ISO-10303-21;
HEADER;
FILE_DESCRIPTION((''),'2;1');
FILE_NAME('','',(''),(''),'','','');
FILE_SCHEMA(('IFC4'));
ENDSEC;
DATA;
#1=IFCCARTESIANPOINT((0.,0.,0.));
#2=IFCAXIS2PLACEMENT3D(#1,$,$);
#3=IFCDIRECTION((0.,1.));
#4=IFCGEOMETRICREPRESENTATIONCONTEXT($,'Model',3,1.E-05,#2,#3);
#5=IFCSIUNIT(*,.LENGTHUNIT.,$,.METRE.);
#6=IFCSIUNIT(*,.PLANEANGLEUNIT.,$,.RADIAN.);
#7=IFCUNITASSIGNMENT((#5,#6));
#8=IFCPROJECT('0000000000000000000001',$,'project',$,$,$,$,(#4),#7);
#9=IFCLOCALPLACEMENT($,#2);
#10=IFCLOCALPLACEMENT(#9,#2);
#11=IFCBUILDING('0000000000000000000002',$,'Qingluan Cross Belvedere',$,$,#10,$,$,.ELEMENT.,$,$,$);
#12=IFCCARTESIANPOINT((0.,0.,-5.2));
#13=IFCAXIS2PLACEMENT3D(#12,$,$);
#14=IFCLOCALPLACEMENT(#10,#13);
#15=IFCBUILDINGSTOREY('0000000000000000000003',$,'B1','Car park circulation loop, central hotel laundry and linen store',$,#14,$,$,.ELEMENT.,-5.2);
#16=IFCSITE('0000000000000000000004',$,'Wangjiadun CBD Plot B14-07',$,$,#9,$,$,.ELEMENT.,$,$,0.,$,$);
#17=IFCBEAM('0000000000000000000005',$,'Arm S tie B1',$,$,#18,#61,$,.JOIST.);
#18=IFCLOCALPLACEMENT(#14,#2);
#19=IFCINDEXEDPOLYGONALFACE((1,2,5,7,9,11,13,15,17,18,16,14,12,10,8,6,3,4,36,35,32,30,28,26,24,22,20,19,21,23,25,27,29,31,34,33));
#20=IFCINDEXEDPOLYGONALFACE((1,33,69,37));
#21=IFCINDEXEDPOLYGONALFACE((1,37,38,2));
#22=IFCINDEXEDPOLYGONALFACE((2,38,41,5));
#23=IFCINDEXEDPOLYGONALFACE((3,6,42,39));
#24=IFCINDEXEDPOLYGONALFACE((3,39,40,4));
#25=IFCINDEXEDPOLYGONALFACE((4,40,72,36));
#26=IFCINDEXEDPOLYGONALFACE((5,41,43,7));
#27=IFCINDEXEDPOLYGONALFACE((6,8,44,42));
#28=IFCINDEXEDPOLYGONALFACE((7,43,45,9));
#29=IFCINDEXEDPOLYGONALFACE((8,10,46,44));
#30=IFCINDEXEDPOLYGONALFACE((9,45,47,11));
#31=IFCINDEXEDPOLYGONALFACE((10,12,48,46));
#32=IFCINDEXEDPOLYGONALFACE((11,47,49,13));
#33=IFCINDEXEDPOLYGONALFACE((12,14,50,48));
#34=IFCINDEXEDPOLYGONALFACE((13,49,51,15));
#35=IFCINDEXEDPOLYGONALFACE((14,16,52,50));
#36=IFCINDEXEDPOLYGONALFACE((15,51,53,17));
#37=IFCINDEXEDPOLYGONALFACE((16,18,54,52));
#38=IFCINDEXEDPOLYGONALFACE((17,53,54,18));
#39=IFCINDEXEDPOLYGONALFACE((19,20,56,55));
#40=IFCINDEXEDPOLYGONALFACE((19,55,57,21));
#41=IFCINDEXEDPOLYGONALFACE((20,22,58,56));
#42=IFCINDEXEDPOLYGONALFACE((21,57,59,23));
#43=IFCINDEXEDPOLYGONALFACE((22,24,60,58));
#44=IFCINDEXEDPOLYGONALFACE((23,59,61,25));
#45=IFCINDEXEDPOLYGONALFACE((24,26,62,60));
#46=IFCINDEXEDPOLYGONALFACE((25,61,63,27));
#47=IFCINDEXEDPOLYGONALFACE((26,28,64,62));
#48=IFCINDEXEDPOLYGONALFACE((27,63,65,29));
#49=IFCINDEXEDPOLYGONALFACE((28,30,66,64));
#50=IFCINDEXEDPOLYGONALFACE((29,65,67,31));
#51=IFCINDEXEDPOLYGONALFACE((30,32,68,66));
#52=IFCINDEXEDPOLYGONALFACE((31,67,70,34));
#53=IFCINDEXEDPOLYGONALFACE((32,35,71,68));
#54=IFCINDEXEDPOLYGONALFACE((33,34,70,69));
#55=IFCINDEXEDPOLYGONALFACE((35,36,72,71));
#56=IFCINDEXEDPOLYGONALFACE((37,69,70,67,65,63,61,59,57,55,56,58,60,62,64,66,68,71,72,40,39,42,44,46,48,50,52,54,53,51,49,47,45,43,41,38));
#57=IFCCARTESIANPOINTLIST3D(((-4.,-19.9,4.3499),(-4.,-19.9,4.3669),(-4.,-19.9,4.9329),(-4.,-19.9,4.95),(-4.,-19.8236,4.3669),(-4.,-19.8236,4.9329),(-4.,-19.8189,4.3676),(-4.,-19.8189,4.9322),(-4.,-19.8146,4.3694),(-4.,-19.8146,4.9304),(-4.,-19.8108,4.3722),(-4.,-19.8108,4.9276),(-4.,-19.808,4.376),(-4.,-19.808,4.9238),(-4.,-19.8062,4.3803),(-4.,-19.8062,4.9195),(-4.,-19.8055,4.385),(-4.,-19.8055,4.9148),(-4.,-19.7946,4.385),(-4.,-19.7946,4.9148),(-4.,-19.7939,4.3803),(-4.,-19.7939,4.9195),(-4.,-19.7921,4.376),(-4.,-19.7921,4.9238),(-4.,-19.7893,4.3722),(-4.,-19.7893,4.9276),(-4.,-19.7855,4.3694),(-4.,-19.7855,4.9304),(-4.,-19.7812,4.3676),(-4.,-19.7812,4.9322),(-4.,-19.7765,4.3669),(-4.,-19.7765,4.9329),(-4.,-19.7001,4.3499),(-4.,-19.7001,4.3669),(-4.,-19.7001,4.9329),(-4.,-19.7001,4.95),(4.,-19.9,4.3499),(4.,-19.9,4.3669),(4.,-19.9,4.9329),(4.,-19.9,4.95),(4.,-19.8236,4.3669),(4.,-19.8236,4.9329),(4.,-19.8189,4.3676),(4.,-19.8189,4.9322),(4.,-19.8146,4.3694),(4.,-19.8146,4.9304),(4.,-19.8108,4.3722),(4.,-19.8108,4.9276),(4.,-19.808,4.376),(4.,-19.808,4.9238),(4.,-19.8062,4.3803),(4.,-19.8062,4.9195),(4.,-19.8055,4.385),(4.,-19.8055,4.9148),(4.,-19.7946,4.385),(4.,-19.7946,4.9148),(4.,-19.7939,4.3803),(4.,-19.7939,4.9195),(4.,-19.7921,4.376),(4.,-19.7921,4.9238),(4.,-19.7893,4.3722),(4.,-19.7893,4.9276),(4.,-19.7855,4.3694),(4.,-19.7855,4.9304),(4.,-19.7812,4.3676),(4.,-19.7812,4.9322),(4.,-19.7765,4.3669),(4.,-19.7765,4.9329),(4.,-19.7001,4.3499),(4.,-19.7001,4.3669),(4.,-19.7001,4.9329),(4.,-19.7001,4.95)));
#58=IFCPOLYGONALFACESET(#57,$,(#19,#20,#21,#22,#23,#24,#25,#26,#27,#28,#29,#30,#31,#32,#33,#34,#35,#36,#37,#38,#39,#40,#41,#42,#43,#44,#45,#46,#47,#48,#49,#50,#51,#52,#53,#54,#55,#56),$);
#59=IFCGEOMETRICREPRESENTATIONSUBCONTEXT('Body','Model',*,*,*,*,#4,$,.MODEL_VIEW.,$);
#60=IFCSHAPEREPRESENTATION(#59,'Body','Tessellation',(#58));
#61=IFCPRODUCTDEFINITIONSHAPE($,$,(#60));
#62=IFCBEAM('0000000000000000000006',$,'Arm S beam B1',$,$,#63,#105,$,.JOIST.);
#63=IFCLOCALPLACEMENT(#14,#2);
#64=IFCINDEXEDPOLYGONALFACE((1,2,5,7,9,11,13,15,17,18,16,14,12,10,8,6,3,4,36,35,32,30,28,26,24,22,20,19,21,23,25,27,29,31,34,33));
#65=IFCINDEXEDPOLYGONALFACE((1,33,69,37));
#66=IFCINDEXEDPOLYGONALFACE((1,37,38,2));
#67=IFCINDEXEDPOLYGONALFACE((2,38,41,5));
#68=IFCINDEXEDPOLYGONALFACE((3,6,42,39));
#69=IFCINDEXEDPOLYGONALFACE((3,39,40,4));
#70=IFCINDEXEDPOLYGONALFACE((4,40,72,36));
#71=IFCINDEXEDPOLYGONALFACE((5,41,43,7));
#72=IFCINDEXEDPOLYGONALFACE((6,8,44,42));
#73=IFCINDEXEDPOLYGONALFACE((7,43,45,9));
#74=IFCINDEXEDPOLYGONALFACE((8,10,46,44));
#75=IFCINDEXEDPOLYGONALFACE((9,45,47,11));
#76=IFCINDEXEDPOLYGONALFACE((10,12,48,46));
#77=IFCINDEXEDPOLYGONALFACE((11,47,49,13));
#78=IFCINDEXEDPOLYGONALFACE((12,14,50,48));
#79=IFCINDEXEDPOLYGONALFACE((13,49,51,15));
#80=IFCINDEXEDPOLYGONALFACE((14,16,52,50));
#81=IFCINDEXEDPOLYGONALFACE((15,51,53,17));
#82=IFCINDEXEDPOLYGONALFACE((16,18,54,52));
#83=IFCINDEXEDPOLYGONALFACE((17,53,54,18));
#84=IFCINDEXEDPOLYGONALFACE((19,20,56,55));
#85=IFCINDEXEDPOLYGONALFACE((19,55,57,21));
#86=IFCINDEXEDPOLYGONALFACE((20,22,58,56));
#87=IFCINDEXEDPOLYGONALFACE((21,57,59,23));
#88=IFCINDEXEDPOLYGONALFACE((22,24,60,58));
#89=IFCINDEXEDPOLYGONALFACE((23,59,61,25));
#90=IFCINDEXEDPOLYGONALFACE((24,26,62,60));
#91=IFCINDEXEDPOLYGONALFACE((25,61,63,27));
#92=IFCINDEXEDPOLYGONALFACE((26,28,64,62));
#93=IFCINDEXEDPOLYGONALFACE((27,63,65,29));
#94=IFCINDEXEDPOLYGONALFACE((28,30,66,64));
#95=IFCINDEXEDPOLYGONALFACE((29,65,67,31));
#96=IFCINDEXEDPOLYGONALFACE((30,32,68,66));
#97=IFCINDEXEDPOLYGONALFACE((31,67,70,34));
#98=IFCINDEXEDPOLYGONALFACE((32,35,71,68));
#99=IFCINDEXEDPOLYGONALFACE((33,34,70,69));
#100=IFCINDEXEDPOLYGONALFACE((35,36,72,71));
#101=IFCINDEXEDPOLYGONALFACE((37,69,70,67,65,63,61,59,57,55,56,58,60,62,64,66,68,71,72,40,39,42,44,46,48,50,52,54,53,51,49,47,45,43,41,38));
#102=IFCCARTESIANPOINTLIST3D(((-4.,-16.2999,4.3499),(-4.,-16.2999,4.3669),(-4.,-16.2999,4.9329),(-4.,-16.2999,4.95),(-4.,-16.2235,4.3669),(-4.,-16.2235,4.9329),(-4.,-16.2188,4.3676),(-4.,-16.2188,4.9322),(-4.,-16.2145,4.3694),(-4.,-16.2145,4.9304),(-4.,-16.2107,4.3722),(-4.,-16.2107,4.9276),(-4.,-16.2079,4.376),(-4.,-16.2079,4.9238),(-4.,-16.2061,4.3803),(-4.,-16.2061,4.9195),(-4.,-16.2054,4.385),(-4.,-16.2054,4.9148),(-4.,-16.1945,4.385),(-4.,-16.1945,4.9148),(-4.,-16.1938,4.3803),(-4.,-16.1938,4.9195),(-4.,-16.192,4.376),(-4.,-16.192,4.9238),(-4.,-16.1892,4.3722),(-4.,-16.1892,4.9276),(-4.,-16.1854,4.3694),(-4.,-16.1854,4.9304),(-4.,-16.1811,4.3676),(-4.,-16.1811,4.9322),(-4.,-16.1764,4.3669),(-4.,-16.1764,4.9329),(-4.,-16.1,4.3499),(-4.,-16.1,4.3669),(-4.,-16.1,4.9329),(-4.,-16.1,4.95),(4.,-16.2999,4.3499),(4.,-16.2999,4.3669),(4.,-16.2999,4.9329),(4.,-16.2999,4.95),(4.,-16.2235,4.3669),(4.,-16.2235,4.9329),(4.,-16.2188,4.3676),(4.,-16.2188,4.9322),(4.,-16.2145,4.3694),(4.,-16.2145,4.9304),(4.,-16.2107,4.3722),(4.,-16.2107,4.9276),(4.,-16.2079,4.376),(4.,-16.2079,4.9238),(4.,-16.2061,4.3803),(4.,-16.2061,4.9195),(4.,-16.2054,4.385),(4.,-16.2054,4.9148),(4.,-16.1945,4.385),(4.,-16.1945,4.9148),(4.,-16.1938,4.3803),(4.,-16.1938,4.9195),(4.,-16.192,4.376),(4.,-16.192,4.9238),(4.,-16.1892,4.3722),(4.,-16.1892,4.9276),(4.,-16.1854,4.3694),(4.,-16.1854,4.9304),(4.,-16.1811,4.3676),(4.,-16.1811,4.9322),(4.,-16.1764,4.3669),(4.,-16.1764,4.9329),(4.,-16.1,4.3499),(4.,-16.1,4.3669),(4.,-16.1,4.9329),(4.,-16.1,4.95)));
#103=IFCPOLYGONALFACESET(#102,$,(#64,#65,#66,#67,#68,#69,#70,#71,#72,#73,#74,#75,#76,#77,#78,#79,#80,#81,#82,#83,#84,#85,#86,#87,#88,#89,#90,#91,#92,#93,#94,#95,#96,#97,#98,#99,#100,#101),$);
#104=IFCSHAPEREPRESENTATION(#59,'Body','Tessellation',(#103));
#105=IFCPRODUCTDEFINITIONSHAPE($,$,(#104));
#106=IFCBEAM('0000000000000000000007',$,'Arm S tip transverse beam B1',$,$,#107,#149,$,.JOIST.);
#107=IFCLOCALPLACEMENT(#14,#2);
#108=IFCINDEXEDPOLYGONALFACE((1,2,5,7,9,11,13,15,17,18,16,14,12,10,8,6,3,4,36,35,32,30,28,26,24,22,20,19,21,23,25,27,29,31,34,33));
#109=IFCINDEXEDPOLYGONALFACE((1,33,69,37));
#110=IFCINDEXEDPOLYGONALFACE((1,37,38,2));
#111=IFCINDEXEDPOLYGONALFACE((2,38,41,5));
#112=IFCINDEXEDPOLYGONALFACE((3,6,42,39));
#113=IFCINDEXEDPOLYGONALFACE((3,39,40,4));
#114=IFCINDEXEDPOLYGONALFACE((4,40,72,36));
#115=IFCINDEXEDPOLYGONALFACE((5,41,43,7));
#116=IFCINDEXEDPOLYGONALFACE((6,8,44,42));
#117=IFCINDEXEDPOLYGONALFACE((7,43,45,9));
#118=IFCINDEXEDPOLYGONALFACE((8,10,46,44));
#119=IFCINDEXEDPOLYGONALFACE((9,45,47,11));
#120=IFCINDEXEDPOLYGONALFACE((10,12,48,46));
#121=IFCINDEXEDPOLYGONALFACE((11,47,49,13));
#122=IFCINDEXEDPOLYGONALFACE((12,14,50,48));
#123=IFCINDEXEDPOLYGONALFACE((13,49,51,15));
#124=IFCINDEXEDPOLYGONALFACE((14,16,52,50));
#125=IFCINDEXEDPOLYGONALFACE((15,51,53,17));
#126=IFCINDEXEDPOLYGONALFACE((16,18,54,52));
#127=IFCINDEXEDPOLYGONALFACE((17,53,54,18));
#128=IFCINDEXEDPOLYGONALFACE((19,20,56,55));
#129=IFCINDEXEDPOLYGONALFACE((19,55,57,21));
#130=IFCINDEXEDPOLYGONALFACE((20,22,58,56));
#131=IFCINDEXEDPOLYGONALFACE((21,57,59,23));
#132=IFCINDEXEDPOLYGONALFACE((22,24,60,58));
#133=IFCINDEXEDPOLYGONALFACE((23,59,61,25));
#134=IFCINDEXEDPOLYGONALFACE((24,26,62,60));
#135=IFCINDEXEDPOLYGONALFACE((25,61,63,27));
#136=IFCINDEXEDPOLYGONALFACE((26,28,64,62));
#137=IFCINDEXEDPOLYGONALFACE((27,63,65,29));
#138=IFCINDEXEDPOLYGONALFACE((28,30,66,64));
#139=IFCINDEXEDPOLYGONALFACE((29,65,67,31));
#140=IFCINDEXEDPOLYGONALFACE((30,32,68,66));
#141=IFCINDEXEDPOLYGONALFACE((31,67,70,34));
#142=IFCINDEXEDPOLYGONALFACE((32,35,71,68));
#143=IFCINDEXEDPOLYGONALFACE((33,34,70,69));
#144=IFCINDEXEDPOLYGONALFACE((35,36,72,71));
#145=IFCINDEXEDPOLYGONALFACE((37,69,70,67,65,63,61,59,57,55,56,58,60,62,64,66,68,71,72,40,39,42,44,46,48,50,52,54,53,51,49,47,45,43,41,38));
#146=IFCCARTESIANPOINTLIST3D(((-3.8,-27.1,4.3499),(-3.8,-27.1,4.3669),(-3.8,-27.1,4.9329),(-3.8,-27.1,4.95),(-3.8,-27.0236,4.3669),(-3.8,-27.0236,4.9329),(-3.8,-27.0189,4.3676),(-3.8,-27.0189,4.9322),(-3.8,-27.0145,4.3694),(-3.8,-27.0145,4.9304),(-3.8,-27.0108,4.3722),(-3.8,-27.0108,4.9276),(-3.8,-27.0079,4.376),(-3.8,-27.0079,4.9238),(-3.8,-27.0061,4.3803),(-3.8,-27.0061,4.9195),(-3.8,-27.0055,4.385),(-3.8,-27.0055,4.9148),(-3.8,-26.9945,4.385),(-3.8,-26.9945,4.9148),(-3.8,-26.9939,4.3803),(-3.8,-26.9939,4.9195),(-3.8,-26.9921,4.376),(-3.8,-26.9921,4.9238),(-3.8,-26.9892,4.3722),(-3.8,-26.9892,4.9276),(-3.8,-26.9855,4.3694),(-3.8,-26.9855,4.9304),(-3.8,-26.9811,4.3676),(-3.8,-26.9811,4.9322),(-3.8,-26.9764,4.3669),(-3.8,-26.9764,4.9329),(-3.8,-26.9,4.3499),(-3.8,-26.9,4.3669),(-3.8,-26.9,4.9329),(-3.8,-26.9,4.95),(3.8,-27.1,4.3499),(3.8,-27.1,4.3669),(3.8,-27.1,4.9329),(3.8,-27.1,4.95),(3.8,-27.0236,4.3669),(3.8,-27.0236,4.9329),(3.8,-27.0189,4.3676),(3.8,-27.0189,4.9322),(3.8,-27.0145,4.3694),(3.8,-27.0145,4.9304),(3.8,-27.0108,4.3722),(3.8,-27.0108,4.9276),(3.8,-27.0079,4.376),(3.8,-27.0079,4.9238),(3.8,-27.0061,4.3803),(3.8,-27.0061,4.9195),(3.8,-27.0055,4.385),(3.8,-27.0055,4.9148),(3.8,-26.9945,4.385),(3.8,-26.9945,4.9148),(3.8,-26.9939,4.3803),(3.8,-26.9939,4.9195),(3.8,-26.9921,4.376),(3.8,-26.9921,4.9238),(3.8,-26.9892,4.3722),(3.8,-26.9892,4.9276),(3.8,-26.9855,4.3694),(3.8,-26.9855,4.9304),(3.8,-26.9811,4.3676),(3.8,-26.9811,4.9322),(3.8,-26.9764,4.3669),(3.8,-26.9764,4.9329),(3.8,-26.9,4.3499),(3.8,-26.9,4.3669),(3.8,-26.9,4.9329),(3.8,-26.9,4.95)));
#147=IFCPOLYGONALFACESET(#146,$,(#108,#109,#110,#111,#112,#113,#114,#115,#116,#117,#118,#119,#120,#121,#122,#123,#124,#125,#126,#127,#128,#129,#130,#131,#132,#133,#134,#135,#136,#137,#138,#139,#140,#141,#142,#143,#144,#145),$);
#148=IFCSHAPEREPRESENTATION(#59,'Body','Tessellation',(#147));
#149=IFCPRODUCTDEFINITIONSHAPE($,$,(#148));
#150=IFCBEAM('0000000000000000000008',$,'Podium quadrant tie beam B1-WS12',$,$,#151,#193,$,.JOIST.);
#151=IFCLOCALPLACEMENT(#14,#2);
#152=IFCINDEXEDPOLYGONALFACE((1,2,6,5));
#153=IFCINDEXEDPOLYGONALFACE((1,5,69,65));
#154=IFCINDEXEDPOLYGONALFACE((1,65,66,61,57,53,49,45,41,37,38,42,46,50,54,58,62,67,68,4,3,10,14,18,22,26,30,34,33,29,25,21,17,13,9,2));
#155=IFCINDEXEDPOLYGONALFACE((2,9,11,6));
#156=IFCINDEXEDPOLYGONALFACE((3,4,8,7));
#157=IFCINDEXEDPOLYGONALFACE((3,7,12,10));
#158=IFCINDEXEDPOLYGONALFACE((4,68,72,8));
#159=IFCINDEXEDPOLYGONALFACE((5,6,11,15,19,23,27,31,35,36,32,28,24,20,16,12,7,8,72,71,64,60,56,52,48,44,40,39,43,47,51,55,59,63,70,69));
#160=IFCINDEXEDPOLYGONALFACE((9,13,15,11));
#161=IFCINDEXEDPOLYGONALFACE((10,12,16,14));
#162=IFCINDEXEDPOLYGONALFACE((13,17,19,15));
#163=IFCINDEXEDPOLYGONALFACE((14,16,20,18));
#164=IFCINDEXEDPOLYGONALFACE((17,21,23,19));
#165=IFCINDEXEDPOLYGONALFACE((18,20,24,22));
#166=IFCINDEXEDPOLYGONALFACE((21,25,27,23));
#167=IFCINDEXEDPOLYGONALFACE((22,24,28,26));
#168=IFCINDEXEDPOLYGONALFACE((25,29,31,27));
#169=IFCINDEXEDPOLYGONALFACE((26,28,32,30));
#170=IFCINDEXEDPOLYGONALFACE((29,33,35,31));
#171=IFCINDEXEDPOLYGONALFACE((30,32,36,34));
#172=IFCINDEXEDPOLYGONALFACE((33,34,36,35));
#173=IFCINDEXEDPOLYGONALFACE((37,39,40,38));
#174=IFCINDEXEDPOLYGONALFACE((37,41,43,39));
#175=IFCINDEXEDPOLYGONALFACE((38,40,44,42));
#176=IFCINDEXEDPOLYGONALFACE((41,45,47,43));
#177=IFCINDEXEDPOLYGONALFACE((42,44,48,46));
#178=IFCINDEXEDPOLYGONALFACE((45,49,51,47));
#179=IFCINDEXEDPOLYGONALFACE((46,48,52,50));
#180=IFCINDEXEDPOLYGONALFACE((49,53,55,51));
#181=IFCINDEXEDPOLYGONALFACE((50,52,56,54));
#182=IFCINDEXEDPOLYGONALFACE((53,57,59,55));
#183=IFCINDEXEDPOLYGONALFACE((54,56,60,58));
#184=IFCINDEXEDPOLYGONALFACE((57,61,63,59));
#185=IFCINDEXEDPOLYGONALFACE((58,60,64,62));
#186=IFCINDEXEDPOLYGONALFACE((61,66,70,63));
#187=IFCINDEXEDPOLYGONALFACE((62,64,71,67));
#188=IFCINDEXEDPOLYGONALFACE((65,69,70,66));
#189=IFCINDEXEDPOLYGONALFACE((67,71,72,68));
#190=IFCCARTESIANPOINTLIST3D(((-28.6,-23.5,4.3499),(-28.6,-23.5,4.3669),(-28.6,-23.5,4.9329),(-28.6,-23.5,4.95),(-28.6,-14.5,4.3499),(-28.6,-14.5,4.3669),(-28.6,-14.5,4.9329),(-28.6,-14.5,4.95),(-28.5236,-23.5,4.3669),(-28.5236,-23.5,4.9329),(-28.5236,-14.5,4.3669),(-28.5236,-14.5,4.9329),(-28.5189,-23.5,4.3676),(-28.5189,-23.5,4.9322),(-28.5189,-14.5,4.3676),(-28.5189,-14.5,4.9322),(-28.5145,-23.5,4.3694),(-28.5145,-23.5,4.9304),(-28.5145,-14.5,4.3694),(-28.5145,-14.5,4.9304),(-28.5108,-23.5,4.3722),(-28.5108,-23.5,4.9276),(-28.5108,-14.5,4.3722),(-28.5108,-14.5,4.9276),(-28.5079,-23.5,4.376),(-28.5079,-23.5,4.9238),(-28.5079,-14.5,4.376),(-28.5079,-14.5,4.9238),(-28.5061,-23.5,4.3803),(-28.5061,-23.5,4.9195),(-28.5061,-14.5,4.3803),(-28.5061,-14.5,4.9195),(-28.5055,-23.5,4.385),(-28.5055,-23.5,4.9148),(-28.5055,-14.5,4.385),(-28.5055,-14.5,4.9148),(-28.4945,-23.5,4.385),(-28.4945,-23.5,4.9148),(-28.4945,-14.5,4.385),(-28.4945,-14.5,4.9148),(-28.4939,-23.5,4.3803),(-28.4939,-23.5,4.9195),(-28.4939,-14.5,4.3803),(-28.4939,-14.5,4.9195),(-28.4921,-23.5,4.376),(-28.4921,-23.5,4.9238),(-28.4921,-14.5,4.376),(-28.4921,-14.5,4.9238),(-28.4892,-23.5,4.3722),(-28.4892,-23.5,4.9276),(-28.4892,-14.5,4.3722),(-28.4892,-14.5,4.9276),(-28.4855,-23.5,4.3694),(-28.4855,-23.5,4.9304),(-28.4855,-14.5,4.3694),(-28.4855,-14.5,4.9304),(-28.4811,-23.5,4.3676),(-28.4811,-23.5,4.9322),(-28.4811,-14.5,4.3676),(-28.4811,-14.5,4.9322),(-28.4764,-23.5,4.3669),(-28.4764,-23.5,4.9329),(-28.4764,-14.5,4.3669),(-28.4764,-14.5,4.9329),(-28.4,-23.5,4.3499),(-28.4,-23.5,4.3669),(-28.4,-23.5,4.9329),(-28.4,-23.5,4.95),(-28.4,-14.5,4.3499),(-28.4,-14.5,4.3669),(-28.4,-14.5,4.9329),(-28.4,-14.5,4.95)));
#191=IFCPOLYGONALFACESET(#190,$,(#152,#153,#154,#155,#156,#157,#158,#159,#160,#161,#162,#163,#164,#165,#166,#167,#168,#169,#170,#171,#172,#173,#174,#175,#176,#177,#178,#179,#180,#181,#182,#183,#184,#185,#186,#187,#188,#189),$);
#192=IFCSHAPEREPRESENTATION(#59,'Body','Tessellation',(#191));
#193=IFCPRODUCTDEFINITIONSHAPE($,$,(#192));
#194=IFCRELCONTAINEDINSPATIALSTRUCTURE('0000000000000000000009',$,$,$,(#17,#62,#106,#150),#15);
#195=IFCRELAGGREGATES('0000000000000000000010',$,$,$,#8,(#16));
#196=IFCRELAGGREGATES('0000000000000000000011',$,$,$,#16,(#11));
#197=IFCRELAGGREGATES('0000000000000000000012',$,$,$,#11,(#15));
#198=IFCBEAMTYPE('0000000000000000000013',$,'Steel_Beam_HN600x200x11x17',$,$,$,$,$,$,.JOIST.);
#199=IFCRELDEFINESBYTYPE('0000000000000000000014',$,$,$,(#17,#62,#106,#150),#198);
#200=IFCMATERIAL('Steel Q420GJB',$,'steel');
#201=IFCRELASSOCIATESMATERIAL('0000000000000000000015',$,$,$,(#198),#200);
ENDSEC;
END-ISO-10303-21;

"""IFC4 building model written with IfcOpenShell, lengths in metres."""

from ifc_helpers import new_model, si_unit, direction, frame, origin, origin_2d, place, context, subcontext, project, spatial, i_section, extrude, material, material_profile, profile_set, type_object, element, save


model = new_model("IFC4")

# Units and contexts
model_context = context("Model", 3, precision=1e-05, world=origin(), true_north=direction((0.0, 1.0)))
body_context = subcontext(model_context, "Body", "Model", "MODEL_VIEW")
ifc_project = project(units=[si_unit("LENGTHUNIT", "METRE"), si_unit("PLANEANGLEUNIT", "RADIAN")], contexts=[model_context])

# Site, building, storey
site_placement = place(None, origin())
site = spatial("IfcSite", under=ifc_project, at=site_placement, Name="Wangjiadun CBD Plot B14-07", CompositionType="ELEMENT", RefElevation=0.0)
building_placement = place(site_placement, origin())
building = spatial("IfcBuilding", under=site, at=building_placement, Name="Qingluan Cross Belvedere", CompositionType="ELEMENT")
storey_placement = place(building_placement, frame((0.0, 0.0, -5.2)))
storey = spatial("IfcBuildingStorey", under=building, at=storey_placement, Name="B1", Description="Car park circulation loop, central hotel laundry and linen store", CompositionType="ELEMENT", Elevation=-5.2)

# Beams
ifc_material_1 = material(Name="Steel Q420GJB", Category="steel")
ifc_material_profile_1 = material_profile(ifc_material_1, i_section(OverallWidth=0.2, OverallDepth=0.6001, WebThickness=0.011, FlangeThickness=0.0171, FilletRadius=0.0181, at=origin_2d()), Name="HN600x200x11x17")
ifc_profile_set_1 = profile_set([ifc_material_profile_1], Name="Steel Q420GJB")
beam_type_1 = type_object("IfcBeamType", Name="Steel_Beam_HN600x200x11x17", PredefinedType="JOIST", material=ifc_profile_set_1)
for number, where, z_axis, x_axis, name in (
    (1, (-4.0, -19.8, 4.6499), (1.0, 0.0, 0.0), (0.0, 1.0, 0.0), "Arm S tie B1"),
    (2, (-4.0, -16.2, 4.6499), (1.0, 0.0, 0.0), (0.0, 1.0, 0.0), "Arm S beam B1"),
):
    element("IfcBeam", number, at=place(storey_placement, frame(where, z_axis=z_axis, x_axis=x_axis)), inside=storey, type_object=beam_type_1, Name=name, PredefinedType="JOIST", context=body_context, shape_type="SweptSolid", body=[
        extrude(i_section(OverallWidth=0.2, OverallDepth=0.6001, WebThickness=0.011, FlangeThickness=0.0171, FilletRadius=0.0181, at=origin_2d()), origin(), (0.0, 0.0, 1.0), 8.0),
    ])
beam_1_placement = place(storey_placement, frame((-3.8, -27.0, 4.6499), z_axis=(1.0, 0.0, 0.0), x_axis=(0.0, 1.0, 0.0)))
element("IfcBeam", 3, at=beam_1_placement, inside=storey, type_object=beam_type_1, Name="Arm S tip transverse beam B1", PredefinedType="JOIST", context=body_context, shape_type="SweptSolid", body=[
    extrude(i_section(OverallWidth=0.2, OverallDepth=0.6001, WebThickness=0.011, FlangeThickness=0.0171, FilletRadius=0.0181, at=origin_2d()), origin(), (0.0, 0.0, 1.0), 7.6001),
])
beam_2_placement = place(storey_placement, frame((-28.5, -14.5, 4.6499), z_axis=(0.0, -1.0, 0.0), x_axis=(1.0, 0.0, 0.0)))
element("IfcBeam", 4, at=beam_2_placement, inside=storey, type_object=beam_type_1, Name="Podium quadrant tie beam B1-WS12", PredefinedType="JOIST", context=body_context, shape_type="SweptSolid", body=[
    extrude(i_section(OverallWidth=0.2, OverallDepth=0.6001, WebThickness=0.011, FlangeThickness=0.0171, FilletRadius=0.0181, at=origin_2d()), origin(), (0.0, 0.0, 1.0), 9.0),
])

save(model, "model.ifc")
